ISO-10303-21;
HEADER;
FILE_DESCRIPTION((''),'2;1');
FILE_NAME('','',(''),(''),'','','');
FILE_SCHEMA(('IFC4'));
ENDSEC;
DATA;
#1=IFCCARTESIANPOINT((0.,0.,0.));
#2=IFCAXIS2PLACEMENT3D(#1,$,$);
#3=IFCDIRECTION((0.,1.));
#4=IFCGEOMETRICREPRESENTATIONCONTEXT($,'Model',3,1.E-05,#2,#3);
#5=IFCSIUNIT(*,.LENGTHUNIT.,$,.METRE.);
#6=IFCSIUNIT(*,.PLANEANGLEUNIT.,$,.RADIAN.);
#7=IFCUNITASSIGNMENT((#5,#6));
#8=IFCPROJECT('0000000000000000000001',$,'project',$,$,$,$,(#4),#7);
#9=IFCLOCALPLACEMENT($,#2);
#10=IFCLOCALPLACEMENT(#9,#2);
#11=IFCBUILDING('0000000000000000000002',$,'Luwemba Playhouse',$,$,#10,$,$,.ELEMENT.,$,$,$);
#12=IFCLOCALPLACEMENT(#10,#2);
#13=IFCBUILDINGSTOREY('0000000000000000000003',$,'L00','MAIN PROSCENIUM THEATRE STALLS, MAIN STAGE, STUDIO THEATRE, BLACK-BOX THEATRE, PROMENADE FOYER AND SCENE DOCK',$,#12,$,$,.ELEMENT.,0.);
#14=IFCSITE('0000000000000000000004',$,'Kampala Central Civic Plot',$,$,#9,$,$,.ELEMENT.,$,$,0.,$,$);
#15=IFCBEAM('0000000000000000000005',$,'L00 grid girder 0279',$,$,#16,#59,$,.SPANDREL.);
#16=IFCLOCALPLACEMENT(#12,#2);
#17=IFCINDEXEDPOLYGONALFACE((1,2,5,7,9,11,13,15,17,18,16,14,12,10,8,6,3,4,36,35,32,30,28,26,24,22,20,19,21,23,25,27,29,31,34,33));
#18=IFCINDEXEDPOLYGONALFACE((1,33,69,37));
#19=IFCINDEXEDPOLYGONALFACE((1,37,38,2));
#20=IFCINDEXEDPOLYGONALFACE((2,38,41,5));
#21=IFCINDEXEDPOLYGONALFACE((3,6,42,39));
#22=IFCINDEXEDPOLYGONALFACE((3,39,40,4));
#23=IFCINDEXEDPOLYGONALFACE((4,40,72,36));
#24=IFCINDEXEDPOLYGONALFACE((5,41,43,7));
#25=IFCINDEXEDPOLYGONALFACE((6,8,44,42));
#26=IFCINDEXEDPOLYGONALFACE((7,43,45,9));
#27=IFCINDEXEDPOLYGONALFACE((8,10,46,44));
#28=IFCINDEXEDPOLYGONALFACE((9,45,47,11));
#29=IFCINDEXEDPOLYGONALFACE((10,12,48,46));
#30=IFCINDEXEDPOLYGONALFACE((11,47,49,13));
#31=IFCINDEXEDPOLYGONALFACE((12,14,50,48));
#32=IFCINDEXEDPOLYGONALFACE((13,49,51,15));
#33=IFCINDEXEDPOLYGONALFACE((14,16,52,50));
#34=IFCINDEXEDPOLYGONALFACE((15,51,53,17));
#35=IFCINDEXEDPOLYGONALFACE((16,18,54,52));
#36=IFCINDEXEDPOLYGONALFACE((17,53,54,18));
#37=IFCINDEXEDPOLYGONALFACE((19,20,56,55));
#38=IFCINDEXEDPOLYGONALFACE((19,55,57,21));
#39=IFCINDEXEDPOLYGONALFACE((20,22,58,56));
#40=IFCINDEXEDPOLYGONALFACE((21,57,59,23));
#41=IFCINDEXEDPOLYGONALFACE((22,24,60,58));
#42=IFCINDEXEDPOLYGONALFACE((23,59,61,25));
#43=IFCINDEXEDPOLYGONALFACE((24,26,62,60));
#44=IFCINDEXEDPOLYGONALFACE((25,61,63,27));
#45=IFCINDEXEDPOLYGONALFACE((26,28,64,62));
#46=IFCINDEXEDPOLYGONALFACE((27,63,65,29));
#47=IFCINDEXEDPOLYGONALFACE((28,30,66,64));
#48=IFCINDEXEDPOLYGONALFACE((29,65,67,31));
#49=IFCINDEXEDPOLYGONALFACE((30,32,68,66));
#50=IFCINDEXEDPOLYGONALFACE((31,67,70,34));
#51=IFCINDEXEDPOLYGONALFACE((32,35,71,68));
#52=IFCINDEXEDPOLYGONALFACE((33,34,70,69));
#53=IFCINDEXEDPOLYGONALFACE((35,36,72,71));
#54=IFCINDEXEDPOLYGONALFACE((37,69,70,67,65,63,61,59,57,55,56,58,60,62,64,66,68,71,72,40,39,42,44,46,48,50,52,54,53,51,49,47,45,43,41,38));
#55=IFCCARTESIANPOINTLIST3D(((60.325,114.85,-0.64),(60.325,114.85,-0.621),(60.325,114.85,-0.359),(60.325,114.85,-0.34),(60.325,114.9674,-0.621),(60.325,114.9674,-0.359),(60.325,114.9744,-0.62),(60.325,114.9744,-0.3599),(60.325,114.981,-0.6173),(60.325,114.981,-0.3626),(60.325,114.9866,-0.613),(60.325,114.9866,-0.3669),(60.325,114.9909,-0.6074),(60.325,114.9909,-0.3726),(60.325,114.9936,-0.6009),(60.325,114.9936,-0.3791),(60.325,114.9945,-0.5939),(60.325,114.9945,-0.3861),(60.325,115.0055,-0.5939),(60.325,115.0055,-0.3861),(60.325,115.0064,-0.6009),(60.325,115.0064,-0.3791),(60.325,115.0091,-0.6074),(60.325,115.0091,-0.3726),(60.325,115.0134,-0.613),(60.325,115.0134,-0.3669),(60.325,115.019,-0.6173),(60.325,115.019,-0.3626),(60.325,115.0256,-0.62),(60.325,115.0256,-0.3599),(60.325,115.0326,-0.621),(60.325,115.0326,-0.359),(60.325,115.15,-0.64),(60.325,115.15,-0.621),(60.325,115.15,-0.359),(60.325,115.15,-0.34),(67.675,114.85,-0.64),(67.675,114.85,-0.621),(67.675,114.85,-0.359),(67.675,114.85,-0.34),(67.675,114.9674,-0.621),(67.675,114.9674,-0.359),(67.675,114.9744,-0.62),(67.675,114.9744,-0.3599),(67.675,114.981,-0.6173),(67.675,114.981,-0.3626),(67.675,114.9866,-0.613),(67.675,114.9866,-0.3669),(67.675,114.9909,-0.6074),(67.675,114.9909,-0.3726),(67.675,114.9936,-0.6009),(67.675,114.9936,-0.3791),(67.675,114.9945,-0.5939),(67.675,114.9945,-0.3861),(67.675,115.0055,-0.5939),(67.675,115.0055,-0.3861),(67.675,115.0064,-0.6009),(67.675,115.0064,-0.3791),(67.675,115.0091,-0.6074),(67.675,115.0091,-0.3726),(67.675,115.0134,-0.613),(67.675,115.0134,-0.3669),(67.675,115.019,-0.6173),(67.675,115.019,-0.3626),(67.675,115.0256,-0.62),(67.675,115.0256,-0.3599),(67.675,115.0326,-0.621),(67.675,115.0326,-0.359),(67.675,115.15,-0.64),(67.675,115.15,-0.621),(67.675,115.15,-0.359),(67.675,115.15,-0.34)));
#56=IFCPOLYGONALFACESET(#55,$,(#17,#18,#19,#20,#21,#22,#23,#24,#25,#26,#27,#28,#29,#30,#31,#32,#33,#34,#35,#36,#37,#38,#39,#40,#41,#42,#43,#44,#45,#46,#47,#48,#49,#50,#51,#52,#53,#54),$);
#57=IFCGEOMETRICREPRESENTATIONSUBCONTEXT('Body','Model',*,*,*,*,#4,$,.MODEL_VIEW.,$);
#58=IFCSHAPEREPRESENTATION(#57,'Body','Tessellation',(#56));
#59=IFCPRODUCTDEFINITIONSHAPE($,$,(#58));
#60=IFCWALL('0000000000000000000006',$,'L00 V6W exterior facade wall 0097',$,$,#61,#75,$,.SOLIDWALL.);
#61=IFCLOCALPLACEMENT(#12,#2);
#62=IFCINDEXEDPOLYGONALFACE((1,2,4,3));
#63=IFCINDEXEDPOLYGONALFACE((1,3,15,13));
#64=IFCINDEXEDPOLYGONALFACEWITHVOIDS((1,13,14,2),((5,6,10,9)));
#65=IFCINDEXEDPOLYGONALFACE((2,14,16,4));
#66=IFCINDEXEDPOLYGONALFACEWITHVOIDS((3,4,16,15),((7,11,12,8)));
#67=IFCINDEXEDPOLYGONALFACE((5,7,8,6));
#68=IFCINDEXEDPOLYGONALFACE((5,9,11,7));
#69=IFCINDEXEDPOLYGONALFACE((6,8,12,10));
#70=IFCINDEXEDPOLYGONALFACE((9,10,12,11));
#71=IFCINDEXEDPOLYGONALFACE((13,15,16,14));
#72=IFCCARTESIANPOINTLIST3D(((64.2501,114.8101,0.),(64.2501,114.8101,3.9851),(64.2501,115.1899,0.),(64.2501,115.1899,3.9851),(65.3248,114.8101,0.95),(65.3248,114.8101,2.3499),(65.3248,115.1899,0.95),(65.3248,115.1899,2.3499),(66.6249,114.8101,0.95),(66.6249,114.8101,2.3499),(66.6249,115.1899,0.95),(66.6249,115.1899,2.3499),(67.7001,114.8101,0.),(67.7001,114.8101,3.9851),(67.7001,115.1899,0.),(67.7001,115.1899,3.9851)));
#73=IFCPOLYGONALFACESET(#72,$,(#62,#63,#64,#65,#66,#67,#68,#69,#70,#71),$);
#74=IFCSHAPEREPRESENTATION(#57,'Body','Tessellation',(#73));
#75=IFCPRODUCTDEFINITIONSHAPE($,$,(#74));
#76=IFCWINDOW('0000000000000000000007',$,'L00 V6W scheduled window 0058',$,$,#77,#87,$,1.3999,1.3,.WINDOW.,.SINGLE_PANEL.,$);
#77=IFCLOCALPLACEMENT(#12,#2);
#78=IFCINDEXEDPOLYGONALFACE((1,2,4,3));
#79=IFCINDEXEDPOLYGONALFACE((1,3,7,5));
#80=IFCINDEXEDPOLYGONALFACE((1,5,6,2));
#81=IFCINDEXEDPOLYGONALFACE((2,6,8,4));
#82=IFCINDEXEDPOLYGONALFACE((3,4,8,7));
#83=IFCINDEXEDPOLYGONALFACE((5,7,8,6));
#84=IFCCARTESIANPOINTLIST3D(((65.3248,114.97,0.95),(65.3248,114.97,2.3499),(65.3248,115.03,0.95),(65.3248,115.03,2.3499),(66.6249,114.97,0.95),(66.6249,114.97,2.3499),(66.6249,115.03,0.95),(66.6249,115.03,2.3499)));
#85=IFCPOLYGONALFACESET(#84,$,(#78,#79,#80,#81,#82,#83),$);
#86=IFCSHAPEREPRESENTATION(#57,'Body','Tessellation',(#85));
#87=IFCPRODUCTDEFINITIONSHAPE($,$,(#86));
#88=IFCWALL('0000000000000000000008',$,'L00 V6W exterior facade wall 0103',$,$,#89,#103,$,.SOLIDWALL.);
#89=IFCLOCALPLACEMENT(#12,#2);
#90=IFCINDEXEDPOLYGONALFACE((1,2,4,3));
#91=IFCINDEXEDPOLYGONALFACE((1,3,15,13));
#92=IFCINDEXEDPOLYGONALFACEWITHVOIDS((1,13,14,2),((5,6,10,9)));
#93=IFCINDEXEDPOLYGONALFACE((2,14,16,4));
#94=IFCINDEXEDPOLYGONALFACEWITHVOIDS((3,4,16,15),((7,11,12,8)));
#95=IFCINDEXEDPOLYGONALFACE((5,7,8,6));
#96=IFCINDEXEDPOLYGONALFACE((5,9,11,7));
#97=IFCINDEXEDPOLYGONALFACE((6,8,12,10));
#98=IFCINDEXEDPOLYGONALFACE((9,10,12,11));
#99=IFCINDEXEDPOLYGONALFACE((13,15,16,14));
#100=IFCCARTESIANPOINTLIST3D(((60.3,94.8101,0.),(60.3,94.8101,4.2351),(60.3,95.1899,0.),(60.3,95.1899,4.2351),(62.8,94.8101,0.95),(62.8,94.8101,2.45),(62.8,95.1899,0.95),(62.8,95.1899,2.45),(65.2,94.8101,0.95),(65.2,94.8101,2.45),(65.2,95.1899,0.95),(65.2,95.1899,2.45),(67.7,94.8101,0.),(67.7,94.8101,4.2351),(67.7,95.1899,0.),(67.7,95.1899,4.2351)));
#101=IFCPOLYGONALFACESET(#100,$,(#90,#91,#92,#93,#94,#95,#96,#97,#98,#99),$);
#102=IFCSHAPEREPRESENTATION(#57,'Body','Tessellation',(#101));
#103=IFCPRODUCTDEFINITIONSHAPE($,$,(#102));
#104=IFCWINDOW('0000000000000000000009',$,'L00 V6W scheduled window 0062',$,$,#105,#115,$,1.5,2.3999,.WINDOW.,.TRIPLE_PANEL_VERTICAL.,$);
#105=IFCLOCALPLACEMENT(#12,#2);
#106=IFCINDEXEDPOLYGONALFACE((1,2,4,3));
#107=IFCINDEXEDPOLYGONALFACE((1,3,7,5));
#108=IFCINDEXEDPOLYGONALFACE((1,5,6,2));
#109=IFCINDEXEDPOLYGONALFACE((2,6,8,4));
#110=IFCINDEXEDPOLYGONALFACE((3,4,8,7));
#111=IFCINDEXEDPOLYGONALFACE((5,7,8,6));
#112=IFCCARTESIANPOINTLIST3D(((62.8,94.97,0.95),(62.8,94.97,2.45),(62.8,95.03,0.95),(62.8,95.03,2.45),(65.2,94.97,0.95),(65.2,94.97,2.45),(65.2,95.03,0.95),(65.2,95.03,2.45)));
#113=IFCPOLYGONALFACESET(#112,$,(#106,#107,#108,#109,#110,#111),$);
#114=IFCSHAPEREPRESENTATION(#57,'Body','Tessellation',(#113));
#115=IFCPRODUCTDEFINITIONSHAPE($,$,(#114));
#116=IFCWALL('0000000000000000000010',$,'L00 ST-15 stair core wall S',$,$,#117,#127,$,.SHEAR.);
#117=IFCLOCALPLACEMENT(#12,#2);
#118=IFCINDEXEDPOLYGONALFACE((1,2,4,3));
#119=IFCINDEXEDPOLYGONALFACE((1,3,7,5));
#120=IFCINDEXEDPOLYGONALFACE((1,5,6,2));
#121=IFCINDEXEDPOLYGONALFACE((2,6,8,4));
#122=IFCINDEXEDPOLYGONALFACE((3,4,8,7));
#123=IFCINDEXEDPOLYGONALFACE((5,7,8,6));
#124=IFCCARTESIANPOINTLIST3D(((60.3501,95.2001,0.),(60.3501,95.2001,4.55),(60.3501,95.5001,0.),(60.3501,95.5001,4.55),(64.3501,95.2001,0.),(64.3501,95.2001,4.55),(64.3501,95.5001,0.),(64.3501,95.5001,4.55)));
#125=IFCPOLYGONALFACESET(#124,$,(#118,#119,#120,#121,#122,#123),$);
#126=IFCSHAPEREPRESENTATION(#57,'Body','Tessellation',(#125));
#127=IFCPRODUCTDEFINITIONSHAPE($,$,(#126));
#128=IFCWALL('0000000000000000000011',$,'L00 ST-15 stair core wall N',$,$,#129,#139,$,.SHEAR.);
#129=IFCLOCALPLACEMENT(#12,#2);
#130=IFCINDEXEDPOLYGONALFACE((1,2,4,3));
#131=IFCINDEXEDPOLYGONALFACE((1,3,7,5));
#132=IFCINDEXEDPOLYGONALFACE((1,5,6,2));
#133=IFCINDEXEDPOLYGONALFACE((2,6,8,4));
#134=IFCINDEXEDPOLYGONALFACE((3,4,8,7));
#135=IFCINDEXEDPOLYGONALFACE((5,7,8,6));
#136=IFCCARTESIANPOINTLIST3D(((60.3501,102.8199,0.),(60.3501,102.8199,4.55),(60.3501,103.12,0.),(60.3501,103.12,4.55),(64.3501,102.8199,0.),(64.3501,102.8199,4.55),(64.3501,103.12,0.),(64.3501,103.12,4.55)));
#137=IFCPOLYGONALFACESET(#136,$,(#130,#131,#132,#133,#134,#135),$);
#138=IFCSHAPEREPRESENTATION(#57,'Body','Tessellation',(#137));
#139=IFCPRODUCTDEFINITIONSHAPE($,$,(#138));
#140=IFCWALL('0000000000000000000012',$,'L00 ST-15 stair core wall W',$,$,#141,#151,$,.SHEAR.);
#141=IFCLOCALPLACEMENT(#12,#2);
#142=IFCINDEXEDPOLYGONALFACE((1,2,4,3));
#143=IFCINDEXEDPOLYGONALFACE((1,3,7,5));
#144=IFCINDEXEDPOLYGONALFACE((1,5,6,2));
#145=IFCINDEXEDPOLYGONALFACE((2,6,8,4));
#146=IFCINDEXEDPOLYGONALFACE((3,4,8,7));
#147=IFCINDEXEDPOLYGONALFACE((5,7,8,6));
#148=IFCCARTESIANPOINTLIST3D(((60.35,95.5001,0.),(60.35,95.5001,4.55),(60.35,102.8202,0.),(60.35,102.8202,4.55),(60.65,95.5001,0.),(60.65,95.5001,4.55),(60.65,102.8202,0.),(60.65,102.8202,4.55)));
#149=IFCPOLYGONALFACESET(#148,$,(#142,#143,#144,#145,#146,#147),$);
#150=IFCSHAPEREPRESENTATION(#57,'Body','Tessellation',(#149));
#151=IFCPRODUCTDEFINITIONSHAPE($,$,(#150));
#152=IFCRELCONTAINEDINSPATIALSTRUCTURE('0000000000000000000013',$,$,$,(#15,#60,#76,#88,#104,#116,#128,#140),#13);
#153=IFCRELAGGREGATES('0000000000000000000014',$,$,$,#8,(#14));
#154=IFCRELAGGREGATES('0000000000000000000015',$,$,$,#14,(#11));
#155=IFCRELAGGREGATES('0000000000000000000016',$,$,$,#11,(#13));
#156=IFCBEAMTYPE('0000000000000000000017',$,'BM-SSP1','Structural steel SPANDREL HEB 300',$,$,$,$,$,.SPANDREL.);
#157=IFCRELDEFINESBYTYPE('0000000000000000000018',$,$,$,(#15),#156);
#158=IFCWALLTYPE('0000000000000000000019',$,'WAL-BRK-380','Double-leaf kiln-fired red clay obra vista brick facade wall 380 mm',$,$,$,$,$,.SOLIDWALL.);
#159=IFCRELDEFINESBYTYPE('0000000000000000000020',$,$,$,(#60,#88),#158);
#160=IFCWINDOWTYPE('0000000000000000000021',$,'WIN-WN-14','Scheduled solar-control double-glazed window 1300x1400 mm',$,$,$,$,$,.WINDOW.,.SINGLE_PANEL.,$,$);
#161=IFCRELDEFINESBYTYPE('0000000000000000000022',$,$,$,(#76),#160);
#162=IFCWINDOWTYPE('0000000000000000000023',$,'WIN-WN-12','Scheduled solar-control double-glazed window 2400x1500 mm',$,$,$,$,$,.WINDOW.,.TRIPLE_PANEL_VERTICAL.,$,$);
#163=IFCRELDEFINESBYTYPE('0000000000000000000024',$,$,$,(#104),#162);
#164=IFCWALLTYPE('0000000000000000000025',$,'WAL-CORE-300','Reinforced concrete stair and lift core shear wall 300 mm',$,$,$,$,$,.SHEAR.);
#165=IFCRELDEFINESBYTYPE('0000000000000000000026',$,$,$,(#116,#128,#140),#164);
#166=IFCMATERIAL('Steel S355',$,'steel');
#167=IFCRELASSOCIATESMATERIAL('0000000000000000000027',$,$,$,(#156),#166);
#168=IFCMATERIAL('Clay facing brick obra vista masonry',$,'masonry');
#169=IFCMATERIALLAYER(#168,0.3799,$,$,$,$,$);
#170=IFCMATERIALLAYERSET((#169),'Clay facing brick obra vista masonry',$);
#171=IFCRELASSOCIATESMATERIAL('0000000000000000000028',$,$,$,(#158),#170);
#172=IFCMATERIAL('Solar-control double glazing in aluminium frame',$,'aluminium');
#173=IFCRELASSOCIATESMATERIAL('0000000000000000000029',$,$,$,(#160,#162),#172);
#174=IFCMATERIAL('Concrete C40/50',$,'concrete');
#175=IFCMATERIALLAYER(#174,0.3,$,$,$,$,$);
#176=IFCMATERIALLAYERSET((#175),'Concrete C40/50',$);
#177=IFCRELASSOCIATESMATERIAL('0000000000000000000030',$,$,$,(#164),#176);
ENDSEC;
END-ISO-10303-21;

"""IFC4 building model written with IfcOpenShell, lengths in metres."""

from ifc_helpers import new_model, si_unit, direction, frame, frame_2d, origin, origin_2d, place, context, subcontext, project, spatial, rectangle, i_section, extrude, material, layer, layer_set, material_profile, profile_set, type_object, element, fill, save


model = new_model("IFC4")

# Units and contexts
model_context = context("Model", 3, precision=1e-05, world=origin(), true_north=direction((0.0, 1.0)))
body_context = subcontext(model_context, "Body", "Model", "MODEL_VIEW")
ifc_project = project(units=[si_unit("LENGTHUNIT", "METRE"), si_unit("PLANEANGLEUNIT", "RADIAN")], contexts=[model_context])

# Site, building, storey
site_placement = place(None, origin())
site = spatial("IfcSite", under=ifc_project, at=site_placement, Name="Kampala Central Civic Plot", CompositionType="ELEMENT", RefElevation=0.0)
building_placement = place(site_placement, origin())
building = spatial("IfcBuilding", under=site, at=building_placement, Name="Luwemba Playhouse", CompositionType="ELEMENT")
storey_placement = place(building_placement, origin())
storey = spatial("IfcBuildingStorey", under=building, at=storey_placement, Name="L00", Description="MAIN PROSCENIUM THEATRE STALLS, MAIN STAGE, STUDIO THEATRE, BLACK-BOX THEATRE, PROMENADE FOYER AND SCENE DOCK", CompositionType="ELEMENT", Elevation=0.0)

# Shared definitions
ifc_material_1 = material(Name="Concrete C40/50", Category="concrete")

# Beam
ifc_material_2 = material(Name="Steel S355", Category="steel")
ifc_material_profile_1 = material_profile(ifc_material_2, i_section(OverallWidth=0.3, OverallDepth=0.3, WebThickness=0.011, FlangeThickness=0.019, FilletRadius=0.0271, at=origin_2d()))
ifc_profile_set_1 = profile_set([ifc_material_profile_1], Name="Steel S355")
beam_type_1 = type_object("IfcBeamType", Name="BM-SSP1", Description="Structural steel SPANDREL HEB 300", PredefinedType="SPANDREL", material=ifc_profile_set_1)
beam_1_placement = place(storey_placement, frame((60.325, 115.0, -0.49), z_axis=(1.0, 0.0, 0.0), x_axis=(0.0, 1.0, 0.0)))
element("IfcBeam", 1, at=beam_1_placement, inside=storey, type_object=beam_type_1, Name="L00 grid girder 0279", PredefinedType="SPANDREL", context=body_context, shape_type="SweptSolid", body=[
    extrude(i_section(OverallWidth=0.3, OverallDepth=0.3, WebThickness=0.011, FlangeThickness=0.019, FilletRadius=0.0271, at=origin_2d()), origin(), (0.0, 0.0, 1.0), 7.3501),
])

# Walls, openings, windows
ifc_material_3 = material(Name="Clay facing brick obra vista masonry", Category="masonry")
ifc_layer_1 = layer(ifc_material_3, 0.3799)
ifc_layer_set_1 = layer_set([ifc_layer_1], Name="Clay facing brick obra vista masonry")
wall_type_1 = type_object("IfcWallType", Name="WAL-BRK-380", Description="Double-leaf kiln-fired red clay obra vista brick facade wall 380 mm", PredefinedType="SOLIDWALL", material=ifc_layer_set_1)
wall_1_placement = place(storey_placement, frame((64.25, 115.0, 0.0), z_axis=(0.0, 0.0, 1.0), x_axis=(1.0, 0.0, 0.0)))
wall_1 = element("IfcWall", 2, at=wall_1_placement, inside=storey, type_object=wall_type_1, Name="L00 V6W exterior facade wall 0097", PredefinedType="SOLIDWALL", context=body_context, shape_type="SweptSolid", body=[
    extrude(rectangle(XDim=3.45, YDim=0.3799, at=frame_2d((1.7251, 0.0))), origin(), (0.0, 0.0, 1.0), 3.9851),
])
opening_1_placement = place(wall_1_placement, frame((1.075, 0.0, 0.95)))
opening_1 = element("IfcOpeningElement", 3, at=opening_1_placement, cuts=wall_1, PredefinedType="OPENING", context=body_context, shape_type="SweptSolid", body=[
    extrude(rectangle(XDim=1.3, YDim=1.3999, at=frame_2d((0.6499, 0.7))), frame((0.0, 0.2, 0.0), z_axis=(0.0, -1.0, 0.0), x_axis=(1.0, 0.0, 0.0)), (0.0, 0.0, 1.0), 0.3999),
])
ifc_material_4 = material(Name="Solar-control double glazing in aluminium frame", Category="aluminium")
window_type_1 = type_object("IfcWindowType", Name="WIN-WN-14", Description="Scheduled solar-control double-glazed window 1300x1400 mm", PartitioningType="SINGLE_PANEL", PredefinedType="WINDOW", material=ifc_material_4)
window_1_placement = place(opening_1_placement, origin())
window_1 = element("IfcWindow", 4, at=window_1_placement, inside=storey, type_object=window_type_1, Name="L00 V6W scheduled window 0058", OverallHeight=1.3999, OverallWidth=1.3, PartitioningType="SINGLE_PANEL", PredefinedType="WINDOW", context=body_context, shape_type="SweptSolid", body=[
    extrude(rectangle(XDim=1.3, YDim=1.3999, at=frame_2d((0.6499, 0.7))), frame((0.0, 0.03, 0.0), z_axis=(0.0, -1.0, 0.0), x_axis=(1.0, 0.0, 0.0)), (0.0, 0.0, 1.0), 0.0601),
])
fill(opening_1, window_1)
wall_2_placement = place(storey_placement, frame((67.7, 95.0, 0.0), z_axis=(0.0, 0.0, 1.0), x_axis=(-1.0, 0.0, 0.0)))
wall_2 = element("IfcWall", 5, at=wall_2_placement, inside=storey, type_object=wall_type_1, Name="L00 V6W exterior facade wall 0103", PredefinedType="SOLIDWALL", context=body_context, shape_type="SweptSolid", body=[
    extrude(rectangle(XDim=7.3999, YDim=0.3799, at=frame_2d((3.7, 0.0))), origin(), (0.0, 0.0, 1.0), 4.2351),
])
opening_2_placement = place(wall_2_placement, frame((2.5, 0.0, 0.95)))
opening_2 = element("IfcOpeningElement", 6, at=opening_2_placement, cuts=wall_2, PredefinedType="OPENING", context=body_context, shape_type="SweptSolid", body=[
    extrude(rectangle(XDim=2.3999, YDim=1.5, at=frame_2d((1.2, 0.75))), frame((0.0, 0.2, 0.0), z_axis=(0.0, -1.0, 0.0), x_axis=(1.0, 0.0, 0.0)), (0.0, 0.0, 1.0), 0.3999),
])
window_type_2 = type_object("IfcWindowType", Name="WIN-WN-12", Description="Scheduled solar-control double-glazed window 2400x1500 mm", PartitioningType="TRIPLE_PANEL_VERTICAL", PredefinedType="WINDOW", material=ifc_material_4)
window_2_placement = place(opening_2_placement, origin())
window_2 = element("IfcWindow", 7, at=window_2_placement, inside=storey, type_object=window_type_2, Name="L00 V6W scheduled window 0062", OverallHeight=1.5, OverallWidth=2.3999, PartitioningType="TRIPLE_PANEL_VERTICAL", PredefinedType="WINDOW", context=body_context, shape_type="SweptSolid", body=[
    extrude(rectangle(XDim=2.3999, YDim=1.5, at=frame_2d((1.2, 0.75))), frame((0.0, 0.03, 0.0), z_axis=(0.0, -1.0, 0.0), x_axis=(1.0, 0.0, 0.0)), (0.0, 0.0, 1.0), 0.0601),
])
fill(opening_2, window_2)

# Walls
ifc_layer_2 = layer(ifc_material_1, 0.3)
ifc_layer_set_2 = layer_set([ifc_layer_2], Name="Concrete C40/50")
wall_type_2 = type_object("IfcWallType", Name="WAL-CORE-300", Description="Reinforced concrete stair and lift core shear wall 300 mm", PredefinedType="SHEAR", material=ifc_layer_set_2)
for number, where, z_axis, x_axis, name in (
    (8, (60.3501, 95.3501, 0.0), (0.0, 0.0, 1.0), (1.0, 0.0, 0.0), "L00 ST-15 stair core wall S"),
    (9, (64.3501, 102.97, 0.0), (0.0, 0.0, 1.0), (-1.0, 0.0, 0.0), "L00 ST-15 stair core wall N"),
):
    element("IfcWall", number, at=place(storey_placement, frame(where, z_axis=z_axis, x_axis=x_axis)), inside=storey, type_object=wall_type_2, Name=name, PredefinedType="SHEAR", context=body_context, shape_type="SweptSolid", body=[
        extrude(rectangle(XDim=4.0, YDim=0.3, at=frame_2d((2.0, 0.0))), origin(), (0.0, 0.0, 1.0), 4.55),
    ])
wall_3_placement = place(storey_placement, frame((60.5, 95.5, 0.0), z_axis=(0.0, 0.0, 1.0), x_axis=(0.0, 1.0, 0.0)))
element("IfcWall", 10, at=wall_3_placement, inside=storey, type_object=wall_type_2, Name="L00 ST-15 stair core wall W", PredefinedType="SHEAR", context=body_context, shape_type="SweptSolid", body=[
    extrude(rectangle(XDim=7.3201, YDim=0.3, at=frame_2d((3.6602, 0.0))), origin(), (0.0, 0.0, 1.0), 4.55),
])

save(model, "model.ifc")
